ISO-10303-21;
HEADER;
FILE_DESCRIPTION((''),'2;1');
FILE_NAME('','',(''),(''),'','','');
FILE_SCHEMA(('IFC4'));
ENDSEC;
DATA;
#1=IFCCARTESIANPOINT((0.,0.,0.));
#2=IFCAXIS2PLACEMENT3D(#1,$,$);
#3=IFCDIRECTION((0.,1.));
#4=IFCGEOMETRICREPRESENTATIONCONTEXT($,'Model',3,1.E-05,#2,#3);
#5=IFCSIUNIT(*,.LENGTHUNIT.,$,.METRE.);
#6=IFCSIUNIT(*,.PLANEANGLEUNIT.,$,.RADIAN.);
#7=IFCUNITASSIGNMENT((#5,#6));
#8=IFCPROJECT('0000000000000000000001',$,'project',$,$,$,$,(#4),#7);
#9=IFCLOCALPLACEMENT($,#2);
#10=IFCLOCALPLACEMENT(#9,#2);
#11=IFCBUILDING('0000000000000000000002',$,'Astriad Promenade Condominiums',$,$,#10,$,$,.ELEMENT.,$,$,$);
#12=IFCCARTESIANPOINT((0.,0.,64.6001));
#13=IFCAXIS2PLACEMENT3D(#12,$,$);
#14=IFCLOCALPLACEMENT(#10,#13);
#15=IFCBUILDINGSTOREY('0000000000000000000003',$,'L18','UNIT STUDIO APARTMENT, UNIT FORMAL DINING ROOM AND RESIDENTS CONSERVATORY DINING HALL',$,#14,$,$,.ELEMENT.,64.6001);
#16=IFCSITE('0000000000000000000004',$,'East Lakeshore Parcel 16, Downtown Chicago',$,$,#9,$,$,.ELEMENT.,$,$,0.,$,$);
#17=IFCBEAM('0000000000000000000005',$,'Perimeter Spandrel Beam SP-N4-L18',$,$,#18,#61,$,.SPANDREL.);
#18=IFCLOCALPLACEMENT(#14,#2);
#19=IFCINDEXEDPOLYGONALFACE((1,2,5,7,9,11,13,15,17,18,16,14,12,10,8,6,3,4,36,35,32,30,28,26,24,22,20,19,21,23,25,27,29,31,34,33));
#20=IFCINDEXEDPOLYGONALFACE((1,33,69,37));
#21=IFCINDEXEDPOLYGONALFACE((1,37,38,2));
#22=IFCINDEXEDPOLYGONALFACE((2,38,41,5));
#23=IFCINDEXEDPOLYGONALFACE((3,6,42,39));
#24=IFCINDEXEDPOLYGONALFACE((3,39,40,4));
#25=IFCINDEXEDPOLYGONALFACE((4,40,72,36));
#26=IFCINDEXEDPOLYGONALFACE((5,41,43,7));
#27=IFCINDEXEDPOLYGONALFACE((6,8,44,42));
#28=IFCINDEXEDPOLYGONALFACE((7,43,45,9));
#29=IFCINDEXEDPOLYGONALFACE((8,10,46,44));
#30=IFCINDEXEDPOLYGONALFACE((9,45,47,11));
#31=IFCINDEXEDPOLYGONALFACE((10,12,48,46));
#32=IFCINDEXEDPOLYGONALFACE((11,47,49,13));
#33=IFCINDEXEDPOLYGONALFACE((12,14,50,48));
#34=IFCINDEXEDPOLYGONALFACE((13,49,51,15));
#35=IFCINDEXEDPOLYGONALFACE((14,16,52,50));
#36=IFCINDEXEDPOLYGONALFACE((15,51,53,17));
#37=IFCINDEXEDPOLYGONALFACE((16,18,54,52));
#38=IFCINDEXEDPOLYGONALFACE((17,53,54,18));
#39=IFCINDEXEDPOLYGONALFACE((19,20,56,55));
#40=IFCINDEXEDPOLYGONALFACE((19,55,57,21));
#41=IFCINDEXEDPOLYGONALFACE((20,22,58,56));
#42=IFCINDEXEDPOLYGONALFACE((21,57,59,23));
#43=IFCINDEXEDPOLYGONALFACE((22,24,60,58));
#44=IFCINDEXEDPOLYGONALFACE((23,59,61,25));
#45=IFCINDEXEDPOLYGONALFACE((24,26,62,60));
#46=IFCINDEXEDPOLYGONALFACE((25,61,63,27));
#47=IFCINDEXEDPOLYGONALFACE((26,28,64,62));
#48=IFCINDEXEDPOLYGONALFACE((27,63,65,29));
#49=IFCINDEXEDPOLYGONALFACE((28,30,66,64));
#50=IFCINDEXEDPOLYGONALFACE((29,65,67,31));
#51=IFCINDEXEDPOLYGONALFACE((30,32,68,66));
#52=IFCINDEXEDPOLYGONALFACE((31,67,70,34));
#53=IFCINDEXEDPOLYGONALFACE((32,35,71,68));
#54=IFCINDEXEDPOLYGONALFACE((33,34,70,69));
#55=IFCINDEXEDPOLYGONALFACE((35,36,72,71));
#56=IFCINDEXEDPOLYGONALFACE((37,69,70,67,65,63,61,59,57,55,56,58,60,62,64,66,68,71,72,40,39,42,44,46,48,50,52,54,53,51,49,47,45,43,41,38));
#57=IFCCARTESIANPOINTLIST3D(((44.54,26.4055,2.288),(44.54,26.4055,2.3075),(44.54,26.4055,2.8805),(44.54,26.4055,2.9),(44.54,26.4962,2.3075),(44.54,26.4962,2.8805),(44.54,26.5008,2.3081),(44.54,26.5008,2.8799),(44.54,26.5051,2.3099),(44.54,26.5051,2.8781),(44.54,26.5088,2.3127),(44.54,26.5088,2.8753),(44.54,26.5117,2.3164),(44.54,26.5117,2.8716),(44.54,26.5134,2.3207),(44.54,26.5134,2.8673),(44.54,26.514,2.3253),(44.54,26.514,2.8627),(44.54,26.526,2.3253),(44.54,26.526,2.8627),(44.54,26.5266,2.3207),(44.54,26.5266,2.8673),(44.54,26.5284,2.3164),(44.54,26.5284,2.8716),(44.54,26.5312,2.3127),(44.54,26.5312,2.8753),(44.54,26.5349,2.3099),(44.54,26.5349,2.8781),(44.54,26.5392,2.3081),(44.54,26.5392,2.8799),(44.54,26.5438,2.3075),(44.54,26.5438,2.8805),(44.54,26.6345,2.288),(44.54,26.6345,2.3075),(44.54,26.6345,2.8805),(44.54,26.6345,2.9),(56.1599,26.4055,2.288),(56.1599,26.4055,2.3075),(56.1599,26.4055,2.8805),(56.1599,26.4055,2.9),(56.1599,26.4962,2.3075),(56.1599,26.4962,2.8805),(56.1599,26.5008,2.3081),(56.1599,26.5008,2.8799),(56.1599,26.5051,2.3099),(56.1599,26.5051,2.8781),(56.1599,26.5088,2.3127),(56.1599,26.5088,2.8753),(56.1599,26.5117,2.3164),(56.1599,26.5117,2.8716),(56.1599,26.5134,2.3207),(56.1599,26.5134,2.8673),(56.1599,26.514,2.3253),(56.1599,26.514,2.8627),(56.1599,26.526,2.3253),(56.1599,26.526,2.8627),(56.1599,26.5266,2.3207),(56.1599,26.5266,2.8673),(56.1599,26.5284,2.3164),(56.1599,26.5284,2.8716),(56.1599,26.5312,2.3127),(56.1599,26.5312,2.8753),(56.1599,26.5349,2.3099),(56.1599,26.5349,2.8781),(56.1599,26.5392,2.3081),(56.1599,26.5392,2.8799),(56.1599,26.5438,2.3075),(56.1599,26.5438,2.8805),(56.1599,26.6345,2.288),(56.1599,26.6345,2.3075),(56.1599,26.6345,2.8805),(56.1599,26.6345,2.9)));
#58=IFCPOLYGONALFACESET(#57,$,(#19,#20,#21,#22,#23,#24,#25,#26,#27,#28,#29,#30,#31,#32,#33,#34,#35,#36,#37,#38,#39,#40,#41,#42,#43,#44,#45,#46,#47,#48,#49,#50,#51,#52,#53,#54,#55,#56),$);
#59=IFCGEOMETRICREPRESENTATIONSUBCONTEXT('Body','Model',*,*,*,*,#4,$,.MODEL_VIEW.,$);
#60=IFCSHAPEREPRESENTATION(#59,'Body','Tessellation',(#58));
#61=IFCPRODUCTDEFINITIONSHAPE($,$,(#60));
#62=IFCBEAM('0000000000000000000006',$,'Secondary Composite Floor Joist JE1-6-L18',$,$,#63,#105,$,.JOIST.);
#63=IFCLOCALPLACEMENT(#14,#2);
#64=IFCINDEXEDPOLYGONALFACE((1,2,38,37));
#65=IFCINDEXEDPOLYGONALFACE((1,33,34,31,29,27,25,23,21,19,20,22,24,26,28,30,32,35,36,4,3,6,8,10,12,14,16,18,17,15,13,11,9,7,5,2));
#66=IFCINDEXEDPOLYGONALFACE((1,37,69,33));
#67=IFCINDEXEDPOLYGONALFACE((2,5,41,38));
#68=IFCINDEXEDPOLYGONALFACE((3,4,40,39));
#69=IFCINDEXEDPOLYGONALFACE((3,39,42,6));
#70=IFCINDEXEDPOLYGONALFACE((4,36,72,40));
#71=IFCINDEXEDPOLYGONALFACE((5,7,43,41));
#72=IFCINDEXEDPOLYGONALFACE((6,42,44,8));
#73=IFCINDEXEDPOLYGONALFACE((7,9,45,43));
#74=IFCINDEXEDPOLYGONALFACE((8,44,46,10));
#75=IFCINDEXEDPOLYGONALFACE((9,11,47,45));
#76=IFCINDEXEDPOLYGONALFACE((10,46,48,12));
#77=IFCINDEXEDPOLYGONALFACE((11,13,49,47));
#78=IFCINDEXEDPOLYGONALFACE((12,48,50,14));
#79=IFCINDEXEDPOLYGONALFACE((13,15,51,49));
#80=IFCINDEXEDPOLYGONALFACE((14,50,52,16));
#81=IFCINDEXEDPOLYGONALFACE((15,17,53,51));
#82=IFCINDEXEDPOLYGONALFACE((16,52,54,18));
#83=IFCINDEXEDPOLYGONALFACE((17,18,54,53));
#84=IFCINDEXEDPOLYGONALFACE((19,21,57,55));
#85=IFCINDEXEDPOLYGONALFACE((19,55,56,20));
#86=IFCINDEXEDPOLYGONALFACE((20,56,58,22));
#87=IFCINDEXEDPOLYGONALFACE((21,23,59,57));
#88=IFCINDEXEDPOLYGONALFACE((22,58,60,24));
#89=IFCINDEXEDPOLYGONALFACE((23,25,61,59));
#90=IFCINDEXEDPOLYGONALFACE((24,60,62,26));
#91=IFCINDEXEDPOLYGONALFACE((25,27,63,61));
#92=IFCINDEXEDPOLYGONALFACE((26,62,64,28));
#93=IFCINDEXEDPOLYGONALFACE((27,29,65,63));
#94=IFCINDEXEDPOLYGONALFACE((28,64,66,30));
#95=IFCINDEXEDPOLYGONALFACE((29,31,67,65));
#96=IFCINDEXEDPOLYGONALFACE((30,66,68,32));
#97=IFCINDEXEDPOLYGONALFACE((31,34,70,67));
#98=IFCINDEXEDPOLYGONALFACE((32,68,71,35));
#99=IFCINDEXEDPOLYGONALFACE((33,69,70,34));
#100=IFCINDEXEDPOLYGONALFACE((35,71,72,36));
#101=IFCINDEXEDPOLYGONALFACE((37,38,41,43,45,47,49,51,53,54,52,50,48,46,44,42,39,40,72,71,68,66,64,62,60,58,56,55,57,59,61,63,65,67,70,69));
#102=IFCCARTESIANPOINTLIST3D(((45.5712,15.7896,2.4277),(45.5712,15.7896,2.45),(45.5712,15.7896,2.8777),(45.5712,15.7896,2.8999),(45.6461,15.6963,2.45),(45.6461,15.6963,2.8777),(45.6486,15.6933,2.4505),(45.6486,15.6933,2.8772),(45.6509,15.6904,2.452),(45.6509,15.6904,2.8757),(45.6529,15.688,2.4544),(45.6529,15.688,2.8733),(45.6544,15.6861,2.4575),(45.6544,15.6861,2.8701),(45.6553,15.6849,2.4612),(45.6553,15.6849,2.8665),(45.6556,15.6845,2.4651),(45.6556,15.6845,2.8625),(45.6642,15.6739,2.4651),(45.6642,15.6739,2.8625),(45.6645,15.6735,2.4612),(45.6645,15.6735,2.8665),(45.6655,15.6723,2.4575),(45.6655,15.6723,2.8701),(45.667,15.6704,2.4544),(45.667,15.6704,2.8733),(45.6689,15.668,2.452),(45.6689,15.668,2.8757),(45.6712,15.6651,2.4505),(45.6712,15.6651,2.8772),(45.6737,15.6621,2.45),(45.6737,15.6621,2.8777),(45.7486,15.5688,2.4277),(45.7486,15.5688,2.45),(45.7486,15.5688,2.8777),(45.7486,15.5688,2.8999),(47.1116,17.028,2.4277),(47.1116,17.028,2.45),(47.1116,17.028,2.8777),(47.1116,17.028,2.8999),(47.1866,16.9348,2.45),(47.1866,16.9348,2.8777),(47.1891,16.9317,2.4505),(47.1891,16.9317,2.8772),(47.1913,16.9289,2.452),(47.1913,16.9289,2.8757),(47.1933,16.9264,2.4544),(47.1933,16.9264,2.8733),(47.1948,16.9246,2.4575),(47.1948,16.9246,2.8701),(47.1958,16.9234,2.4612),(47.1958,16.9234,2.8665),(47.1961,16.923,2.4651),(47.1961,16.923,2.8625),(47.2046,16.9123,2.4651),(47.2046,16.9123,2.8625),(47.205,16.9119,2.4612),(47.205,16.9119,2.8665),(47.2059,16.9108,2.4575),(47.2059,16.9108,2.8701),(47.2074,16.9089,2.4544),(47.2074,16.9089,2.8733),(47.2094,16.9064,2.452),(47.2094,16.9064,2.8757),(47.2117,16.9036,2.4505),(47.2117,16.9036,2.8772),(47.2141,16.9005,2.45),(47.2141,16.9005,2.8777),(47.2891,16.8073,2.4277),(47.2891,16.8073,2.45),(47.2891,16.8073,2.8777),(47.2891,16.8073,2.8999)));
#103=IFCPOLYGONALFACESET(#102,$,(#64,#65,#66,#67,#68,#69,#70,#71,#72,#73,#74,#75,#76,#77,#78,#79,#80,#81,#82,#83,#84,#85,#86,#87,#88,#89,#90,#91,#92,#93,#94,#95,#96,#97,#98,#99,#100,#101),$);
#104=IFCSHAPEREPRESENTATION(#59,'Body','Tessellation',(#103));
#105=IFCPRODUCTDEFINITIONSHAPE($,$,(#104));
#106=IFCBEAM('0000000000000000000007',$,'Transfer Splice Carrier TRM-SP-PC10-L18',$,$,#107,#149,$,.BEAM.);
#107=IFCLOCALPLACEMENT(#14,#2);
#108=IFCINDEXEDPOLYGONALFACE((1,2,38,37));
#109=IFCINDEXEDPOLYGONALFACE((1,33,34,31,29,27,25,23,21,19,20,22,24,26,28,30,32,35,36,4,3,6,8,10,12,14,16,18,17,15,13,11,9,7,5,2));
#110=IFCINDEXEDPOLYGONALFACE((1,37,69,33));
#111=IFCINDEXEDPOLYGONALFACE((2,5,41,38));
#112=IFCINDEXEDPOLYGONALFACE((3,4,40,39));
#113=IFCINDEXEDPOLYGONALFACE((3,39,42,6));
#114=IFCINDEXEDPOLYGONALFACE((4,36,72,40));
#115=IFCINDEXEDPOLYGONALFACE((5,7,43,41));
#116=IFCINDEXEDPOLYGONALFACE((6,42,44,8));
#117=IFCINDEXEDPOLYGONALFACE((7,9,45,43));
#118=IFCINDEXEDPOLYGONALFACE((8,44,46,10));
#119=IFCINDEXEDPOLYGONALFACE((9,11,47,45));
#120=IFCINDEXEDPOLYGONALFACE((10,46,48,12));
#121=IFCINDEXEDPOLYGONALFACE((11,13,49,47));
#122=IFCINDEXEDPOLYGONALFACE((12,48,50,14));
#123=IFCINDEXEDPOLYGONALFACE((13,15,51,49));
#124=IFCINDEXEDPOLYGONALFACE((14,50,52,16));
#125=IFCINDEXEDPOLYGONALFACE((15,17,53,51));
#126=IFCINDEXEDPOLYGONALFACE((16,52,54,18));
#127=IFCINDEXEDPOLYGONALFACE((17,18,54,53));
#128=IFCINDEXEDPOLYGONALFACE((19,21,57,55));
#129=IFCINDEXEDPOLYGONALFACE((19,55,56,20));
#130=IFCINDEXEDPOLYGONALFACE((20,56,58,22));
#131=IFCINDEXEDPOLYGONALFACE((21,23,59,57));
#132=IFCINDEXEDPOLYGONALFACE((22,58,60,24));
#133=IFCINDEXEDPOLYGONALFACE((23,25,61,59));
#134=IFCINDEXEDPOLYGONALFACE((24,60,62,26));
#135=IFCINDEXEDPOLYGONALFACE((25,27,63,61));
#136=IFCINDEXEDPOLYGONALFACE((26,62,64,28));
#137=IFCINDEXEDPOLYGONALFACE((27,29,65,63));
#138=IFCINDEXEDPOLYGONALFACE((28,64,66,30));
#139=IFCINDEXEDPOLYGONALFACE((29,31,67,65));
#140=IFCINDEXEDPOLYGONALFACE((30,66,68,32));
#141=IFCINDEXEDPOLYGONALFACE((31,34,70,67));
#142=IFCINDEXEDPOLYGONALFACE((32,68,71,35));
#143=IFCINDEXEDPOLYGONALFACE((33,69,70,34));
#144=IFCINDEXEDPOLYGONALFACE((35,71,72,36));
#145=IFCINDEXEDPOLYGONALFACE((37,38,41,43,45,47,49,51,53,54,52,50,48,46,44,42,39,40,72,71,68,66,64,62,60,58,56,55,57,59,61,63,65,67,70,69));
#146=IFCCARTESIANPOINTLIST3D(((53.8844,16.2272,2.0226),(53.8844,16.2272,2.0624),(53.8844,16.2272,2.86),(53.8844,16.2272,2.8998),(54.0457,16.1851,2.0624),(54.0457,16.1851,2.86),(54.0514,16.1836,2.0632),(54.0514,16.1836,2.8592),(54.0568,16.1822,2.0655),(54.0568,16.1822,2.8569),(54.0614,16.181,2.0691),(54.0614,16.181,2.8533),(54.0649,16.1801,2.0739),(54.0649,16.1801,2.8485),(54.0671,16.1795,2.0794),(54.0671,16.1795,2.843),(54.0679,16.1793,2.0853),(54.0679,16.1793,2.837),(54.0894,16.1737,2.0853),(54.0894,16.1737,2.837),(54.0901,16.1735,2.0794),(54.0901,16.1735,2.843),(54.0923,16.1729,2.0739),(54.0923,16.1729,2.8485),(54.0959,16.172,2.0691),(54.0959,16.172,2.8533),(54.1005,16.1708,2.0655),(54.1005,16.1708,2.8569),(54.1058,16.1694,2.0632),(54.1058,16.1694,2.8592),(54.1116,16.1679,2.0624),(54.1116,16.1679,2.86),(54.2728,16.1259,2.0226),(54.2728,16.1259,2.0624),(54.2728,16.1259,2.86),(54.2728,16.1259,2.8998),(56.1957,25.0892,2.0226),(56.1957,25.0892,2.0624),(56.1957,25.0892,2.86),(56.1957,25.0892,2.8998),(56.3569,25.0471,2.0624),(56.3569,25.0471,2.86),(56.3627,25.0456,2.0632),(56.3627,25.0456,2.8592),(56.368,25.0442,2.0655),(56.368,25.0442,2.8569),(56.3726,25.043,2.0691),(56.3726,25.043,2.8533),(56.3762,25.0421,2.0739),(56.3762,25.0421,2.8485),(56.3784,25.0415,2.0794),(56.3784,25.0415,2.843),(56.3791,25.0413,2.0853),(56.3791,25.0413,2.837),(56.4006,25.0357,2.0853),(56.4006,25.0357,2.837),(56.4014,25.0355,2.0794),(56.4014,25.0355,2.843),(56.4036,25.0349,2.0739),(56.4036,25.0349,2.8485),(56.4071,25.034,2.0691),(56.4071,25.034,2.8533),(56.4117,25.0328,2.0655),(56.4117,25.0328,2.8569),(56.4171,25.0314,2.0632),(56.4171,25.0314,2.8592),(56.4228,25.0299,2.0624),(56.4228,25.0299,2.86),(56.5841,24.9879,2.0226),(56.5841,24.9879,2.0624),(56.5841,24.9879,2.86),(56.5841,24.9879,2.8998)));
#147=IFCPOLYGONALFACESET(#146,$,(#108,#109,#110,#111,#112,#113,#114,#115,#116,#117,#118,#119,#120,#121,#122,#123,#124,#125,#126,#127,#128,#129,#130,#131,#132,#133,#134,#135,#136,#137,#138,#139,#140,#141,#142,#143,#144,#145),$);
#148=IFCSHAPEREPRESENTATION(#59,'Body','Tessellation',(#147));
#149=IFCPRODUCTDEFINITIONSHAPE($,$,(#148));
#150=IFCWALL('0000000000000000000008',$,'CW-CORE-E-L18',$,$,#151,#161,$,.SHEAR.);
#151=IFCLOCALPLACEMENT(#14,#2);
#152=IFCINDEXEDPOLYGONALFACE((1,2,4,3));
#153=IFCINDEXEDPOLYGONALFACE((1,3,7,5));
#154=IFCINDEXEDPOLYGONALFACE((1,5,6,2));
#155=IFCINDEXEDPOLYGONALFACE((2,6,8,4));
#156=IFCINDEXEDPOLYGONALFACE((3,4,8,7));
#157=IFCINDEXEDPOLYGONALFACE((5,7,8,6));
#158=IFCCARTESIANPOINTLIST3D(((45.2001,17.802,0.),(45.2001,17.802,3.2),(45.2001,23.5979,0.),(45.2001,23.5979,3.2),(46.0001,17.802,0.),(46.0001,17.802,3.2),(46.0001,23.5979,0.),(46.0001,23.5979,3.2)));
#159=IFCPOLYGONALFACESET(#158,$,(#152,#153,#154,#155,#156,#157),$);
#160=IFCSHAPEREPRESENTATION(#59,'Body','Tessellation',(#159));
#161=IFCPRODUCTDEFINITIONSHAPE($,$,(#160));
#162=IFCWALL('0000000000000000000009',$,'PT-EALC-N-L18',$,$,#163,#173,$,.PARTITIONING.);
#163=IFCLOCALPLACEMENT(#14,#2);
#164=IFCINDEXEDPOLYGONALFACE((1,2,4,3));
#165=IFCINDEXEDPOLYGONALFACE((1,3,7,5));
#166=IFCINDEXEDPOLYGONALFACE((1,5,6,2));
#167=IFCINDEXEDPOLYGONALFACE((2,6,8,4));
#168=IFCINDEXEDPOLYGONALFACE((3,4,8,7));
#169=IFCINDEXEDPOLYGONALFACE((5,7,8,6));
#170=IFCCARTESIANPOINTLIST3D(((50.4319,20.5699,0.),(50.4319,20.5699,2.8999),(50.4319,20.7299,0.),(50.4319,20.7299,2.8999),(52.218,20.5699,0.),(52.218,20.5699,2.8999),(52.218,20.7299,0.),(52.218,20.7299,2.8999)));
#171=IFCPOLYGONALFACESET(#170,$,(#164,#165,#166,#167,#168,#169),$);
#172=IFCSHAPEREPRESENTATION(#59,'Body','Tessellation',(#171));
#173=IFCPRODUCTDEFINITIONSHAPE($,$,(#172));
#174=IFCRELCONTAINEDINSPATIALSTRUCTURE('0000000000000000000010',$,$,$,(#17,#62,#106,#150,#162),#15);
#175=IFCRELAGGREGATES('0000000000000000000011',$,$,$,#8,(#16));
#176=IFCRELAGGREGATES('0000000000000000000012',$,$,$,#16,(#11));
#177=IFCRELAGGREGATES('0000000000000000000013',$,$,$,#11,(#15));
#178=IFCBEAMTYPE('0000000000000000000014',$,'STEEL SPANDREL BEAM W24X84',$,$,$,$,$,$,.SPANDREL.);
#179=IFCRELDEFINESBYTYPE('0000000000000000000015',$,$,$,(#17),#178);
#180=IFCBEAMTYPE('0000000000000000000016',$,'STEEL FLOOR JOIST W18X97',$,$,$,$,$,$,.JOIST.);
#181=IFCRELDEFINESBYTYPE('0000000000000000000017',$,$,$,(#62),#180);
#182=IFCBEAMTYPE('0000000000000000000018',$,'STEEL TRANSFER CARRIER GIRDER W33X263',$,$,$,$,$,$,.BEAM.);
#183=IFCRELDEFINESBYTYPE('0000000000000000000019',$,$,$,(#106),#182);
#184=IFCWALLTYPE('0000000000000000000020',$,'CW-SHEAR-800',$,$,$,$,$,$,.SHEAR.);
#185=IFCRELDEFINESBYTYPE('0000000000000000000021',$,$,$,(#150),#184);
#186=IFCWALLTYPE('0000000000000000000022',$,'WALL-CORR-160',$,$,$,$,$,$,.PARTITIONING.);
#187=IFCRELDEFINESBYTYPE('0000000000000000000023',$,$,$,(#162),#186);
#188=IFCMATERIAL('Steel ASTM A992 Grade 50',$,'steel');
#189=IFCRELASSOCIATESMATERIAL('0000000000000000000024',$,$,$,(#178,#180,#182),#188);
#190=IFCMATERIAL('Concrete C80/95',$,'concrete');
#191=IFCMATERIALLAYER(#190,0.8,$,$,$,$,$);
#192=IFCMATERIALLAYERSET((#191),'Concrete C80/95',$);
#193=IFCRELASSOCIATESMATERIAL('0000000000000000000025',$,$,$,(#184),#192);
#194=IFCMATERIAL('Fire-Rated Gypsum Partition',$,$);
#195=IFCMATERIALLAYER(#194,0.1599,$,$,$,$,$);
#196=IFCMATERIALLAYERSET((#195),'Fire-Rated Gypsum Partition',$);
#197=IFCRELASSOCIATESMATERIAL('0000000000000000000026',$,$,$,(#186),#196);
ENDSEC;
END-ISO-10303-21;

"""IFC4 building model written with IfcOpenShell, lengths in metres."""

from ifc_helpers import new_model, si_unit, direction, frame, frame_2d, origin, origin_2d, place, context, subcontext, project, spatial, rectangle, i_section, extrude, source, transform, mapped, material, layer, layer_set, material_profile, profile_set, type_object, type_shapes, element, save


model = new_model("IFC4")

# Units and contexts
model_context = context("Model", 3, precision=1e-05, world=origin(), true_north=direction((0.0, 1.0)))
body_context = subcontext(model_context, "Body", "Model", "MODEL_VIEW")
ifc_project = project(units=[si_unit("LENGTHUNIT", "METRE"), si_unit("PLANEANGLEUNIT", "RADIAN")], contexts=[model_context])

# Site, building, storey
site_placement = place(None, origin())
site = spatial("IfcSite", under=ifc_project, at=site_placement, Name="East Lakeshore Parcel 16, Downtown Chicago", CompositionType="ELEMENT", RefElevation=0.0)
building_placement = place(site_placement, origin())
building = spatial("IfcBuilding", under=site, at=building_placement, Name="Astriad Promenade Condominiums", CompositionType="ELEMENT")
storey_placement = place(building_placement, frame((0.0, 0.0, 64.6001)))
storey = spatial("IfcBuildingStorey", under=building, at=storey_placement, Name="L18", Description="UNIT STUDIO APARTMENT, UNIT FORMAL DINING ROOM AND RESIDENTS CONSERVATORY DINING HALL", CompositionType="ELEMENT", Elevation=64.6001)

# Shared definitions
ifc_material_1 = material(Name="Steel ASTM A992 Grade 50", Category="steel")
ifc_material_2 = material(Name="Concrete C80/95", Category="concrete")

# Beams
ifc_material_profile_1 = material_profile(ifc_material_1, i_section(OverallWidth=0.229, OverallDepth=0.6121, WebThickness=0.012, FlangeThickness=0.0195, FilletRadius=0.0178, at=origin_2d()), Name="W24X84")
ifc_profile_set_1 = profile_set([ifc_material_profile_1], Name="Steel ASTM A992 Grade 50")
beam_type_1 = type_object("IfcBeamType", Name="STEEL SPANDREL BEAM W24X84", PredefinedType="SPANDREL", material=ifc_profile_set_1)
shared_shape_1 = source(origin(), body_context, "Body", "SweptSolid", [
    extrude(i_section(OverallWidth=0.229, OverallDepth=0.6121, WebThickness=0.012, FlangeThickness=0.0195, FilletRadius=0.0178, at=origin_2d()), origin(), (0.0, 0.0, 1.0), 11.6199),
])
type_shapes(beam_type_1, [shared_shape_1])
beam_1_placement = place(storey_placement, frame((56.1599, 26.52, 2.594), z_axis=(-1.0, 0.0, 0.0), x_axis=(0.0, -1.0, 0.0)))
element("IfcBeam", 1, at=beam_1_placement, inside=storey, type_object=beam_type_1, Name="Perimeter Spandrel Beam SP-N4-L18", PredefinedType="SPANDREL", context=body_context, shape_type="MappedRepresentation", body=[
    mapped(shared_shape_1, transform((0.0, 0.0, 0.0), scale=1.0)),
])
ifc_material_profile_2 = material_profile(ifc_material_1, i_section(OverallWidth=0.2832, OverallDepth=0.4722, WebThickness=0.0137, FlangeThickness=0.0222, FilletRadius=0.0151, at=origin_2d()), Name="W18X97")
ifc_profile_set_2 = profile_set([ifc_material_profile_2], Name="Steel ASTM A992 Grade 50")
beam_type_2 = type_object("IfcBeamType", Name="STEEL FLOOR JOIST W18X97", PredefinedType="JOIST", material=ifc_profile_set_2)
shared_shape_2 = source(origin(), body_context, "Body", "SweptSolid", [
    extrude(i_section(OverallWidth=0.2832, OverallDepth=0.4722, WebThickness=0.0137, FlangeThickness=0.0222, FilletRadius=0.0151, at=origin_2d()), origin(), (0.0, 0.0, 1.0), 1.9766),
])
type_shapes(beam_type_2, [shared_shape_2])
beam_2_placement = place(storey_placement, frame((45.6599, 15.6792, 2.6638), z_axis=(0.77936, 0.626576, 0.0), x_axis=(-0.626576, 0.77936, 0.0)))
element("IfcBeam", 2, at=beam_2_placement, inside=storey, type_object=beam_type_2, Name="Secondary Composite Floor Joist JE1-6-L18", PredefinedType="JOIST", context=body_context, shape_type="MappedRepresentation", body=[
    mapped(shared_shape_2, transform((0.0, 0.0, 0.0), scale=1.0)),
])
ifc_material_profile_3 = material_profile(ifc_material_1, i_section(OverallWidth=0.4014, OverallDepth=0.8772, WebThickness=0.0222, FlangeThickness=0.0398, FilletRadius=0.0229, at=origin_2d()), Name="W33X263")
ifc_profile_set_3 = profile_set([ifc_material_profile_3], Name="Steel ASTM A992 Grade 50")
beam_type_3 = type_object("IfcBeamType", Name="STEEL TRANSFER CARRIER GIRDER W33X263", PredefinedType="BEAM", material=ifc_profile_set_3)
shared_shape_3 = source(origin(), body_context, "Body", "SweptSolid", [
    extrude(i_section(OverallWidth=0.4014, OverallDepth=0.8772, WebThickness=0.0222, FlangeThickness=0.0398, FilletRadius=0.0229, at=origin_2d()), origin(), (0.0, 0.0, 1.0), 9.1584),
])
type_shapes(beam_type_3, [shared_shape_3])
beam_3_placement = place(storey_placement, frame((54.0786, 16.1765, 2.4612), z_axis=(0.252364, 0.967632, 0.0), x_axis=(-0.967632, 0.252364, 0.0)))
element("IfcBeam", 3, at=beam_3_placement, inside=storey, type_object=beam_type_3, Name="Transfer Splice Carrier TRM-SP-PC10-L18", PredefinedType="BEAM", context=body_context, shape_type="MappedRepresentation", body=[
    mapped(shared_shape_3, transform((0.0, 0.0, 0.0), scale=1.0)),
])

# Walls
ifc_layer_1 = layer(ifc_material_2, 0.8)
ifc_layer_set_1 = layer_set([ifc_layer_1], Name="Concrete C80/95")
wall_type_1 = type_object("IfcWallType", Name="CW-SHEAR-800", PredefinedType="SHEAR", material=ifc_layer_set_1)
wall_1_placement = place(storey_placement, frame((45.6001, 17.802, 0.0), z_axis=(0.0, 0.0, 1.0), x_axis=(0.0, 1.0, 0.0)))
element("IfcWall", 4, at=wall_1_placement, inside=storey, type_object=wall_type_1, Name="CW-CORE-E-L18", PredefinedType="SHEAR", context=body_context, shape_type="SweptSolid", body=[
    extrude(rectangle(XDim=5.7959, YDim=0.8, at=frame_2d((2.8979, 0.0))), origin(), (0.0, 0.0, 1.0), 3.2),
])
ifc_material_3 = material(Name="Fire-Rated Gypsum Partition")
ifc_layer_2 = layer(ifc_material_3, 0.1599)
ifc_layer_set_2 = layer_set([ifc_layer_2], Name="Fire-Rated Gypsum Partition")
wall_type_2 = type_object("IfcWallType", Name="WALL-CORR-160", PredefinedType="PARTITIONING", material=ifc_layer_set_2)
wall_2_placement = place(storey_placement, frame((50.4319, 20.6499, 0.0), z_axis=(0.0, 0.0, 1.0), x_axis=(1.0, 0.0, 0.0)))
element("IfcWall", 5, at=wall_2_placement, inside=storey, type_object=wall_type_2, Name="PT-EALC-N-L18", PredefinedType="PARTITIONING", context=body_context, shape_type="SweptSolid", body=[
    extrude(rectangle(XDim=1.7861, YDim=0.1599, at=frame_2d((0.8931, 0.0))), origin(), (0.0, 0.0, 1.0), 2.8999),
])

save(model, "model.ifc")
